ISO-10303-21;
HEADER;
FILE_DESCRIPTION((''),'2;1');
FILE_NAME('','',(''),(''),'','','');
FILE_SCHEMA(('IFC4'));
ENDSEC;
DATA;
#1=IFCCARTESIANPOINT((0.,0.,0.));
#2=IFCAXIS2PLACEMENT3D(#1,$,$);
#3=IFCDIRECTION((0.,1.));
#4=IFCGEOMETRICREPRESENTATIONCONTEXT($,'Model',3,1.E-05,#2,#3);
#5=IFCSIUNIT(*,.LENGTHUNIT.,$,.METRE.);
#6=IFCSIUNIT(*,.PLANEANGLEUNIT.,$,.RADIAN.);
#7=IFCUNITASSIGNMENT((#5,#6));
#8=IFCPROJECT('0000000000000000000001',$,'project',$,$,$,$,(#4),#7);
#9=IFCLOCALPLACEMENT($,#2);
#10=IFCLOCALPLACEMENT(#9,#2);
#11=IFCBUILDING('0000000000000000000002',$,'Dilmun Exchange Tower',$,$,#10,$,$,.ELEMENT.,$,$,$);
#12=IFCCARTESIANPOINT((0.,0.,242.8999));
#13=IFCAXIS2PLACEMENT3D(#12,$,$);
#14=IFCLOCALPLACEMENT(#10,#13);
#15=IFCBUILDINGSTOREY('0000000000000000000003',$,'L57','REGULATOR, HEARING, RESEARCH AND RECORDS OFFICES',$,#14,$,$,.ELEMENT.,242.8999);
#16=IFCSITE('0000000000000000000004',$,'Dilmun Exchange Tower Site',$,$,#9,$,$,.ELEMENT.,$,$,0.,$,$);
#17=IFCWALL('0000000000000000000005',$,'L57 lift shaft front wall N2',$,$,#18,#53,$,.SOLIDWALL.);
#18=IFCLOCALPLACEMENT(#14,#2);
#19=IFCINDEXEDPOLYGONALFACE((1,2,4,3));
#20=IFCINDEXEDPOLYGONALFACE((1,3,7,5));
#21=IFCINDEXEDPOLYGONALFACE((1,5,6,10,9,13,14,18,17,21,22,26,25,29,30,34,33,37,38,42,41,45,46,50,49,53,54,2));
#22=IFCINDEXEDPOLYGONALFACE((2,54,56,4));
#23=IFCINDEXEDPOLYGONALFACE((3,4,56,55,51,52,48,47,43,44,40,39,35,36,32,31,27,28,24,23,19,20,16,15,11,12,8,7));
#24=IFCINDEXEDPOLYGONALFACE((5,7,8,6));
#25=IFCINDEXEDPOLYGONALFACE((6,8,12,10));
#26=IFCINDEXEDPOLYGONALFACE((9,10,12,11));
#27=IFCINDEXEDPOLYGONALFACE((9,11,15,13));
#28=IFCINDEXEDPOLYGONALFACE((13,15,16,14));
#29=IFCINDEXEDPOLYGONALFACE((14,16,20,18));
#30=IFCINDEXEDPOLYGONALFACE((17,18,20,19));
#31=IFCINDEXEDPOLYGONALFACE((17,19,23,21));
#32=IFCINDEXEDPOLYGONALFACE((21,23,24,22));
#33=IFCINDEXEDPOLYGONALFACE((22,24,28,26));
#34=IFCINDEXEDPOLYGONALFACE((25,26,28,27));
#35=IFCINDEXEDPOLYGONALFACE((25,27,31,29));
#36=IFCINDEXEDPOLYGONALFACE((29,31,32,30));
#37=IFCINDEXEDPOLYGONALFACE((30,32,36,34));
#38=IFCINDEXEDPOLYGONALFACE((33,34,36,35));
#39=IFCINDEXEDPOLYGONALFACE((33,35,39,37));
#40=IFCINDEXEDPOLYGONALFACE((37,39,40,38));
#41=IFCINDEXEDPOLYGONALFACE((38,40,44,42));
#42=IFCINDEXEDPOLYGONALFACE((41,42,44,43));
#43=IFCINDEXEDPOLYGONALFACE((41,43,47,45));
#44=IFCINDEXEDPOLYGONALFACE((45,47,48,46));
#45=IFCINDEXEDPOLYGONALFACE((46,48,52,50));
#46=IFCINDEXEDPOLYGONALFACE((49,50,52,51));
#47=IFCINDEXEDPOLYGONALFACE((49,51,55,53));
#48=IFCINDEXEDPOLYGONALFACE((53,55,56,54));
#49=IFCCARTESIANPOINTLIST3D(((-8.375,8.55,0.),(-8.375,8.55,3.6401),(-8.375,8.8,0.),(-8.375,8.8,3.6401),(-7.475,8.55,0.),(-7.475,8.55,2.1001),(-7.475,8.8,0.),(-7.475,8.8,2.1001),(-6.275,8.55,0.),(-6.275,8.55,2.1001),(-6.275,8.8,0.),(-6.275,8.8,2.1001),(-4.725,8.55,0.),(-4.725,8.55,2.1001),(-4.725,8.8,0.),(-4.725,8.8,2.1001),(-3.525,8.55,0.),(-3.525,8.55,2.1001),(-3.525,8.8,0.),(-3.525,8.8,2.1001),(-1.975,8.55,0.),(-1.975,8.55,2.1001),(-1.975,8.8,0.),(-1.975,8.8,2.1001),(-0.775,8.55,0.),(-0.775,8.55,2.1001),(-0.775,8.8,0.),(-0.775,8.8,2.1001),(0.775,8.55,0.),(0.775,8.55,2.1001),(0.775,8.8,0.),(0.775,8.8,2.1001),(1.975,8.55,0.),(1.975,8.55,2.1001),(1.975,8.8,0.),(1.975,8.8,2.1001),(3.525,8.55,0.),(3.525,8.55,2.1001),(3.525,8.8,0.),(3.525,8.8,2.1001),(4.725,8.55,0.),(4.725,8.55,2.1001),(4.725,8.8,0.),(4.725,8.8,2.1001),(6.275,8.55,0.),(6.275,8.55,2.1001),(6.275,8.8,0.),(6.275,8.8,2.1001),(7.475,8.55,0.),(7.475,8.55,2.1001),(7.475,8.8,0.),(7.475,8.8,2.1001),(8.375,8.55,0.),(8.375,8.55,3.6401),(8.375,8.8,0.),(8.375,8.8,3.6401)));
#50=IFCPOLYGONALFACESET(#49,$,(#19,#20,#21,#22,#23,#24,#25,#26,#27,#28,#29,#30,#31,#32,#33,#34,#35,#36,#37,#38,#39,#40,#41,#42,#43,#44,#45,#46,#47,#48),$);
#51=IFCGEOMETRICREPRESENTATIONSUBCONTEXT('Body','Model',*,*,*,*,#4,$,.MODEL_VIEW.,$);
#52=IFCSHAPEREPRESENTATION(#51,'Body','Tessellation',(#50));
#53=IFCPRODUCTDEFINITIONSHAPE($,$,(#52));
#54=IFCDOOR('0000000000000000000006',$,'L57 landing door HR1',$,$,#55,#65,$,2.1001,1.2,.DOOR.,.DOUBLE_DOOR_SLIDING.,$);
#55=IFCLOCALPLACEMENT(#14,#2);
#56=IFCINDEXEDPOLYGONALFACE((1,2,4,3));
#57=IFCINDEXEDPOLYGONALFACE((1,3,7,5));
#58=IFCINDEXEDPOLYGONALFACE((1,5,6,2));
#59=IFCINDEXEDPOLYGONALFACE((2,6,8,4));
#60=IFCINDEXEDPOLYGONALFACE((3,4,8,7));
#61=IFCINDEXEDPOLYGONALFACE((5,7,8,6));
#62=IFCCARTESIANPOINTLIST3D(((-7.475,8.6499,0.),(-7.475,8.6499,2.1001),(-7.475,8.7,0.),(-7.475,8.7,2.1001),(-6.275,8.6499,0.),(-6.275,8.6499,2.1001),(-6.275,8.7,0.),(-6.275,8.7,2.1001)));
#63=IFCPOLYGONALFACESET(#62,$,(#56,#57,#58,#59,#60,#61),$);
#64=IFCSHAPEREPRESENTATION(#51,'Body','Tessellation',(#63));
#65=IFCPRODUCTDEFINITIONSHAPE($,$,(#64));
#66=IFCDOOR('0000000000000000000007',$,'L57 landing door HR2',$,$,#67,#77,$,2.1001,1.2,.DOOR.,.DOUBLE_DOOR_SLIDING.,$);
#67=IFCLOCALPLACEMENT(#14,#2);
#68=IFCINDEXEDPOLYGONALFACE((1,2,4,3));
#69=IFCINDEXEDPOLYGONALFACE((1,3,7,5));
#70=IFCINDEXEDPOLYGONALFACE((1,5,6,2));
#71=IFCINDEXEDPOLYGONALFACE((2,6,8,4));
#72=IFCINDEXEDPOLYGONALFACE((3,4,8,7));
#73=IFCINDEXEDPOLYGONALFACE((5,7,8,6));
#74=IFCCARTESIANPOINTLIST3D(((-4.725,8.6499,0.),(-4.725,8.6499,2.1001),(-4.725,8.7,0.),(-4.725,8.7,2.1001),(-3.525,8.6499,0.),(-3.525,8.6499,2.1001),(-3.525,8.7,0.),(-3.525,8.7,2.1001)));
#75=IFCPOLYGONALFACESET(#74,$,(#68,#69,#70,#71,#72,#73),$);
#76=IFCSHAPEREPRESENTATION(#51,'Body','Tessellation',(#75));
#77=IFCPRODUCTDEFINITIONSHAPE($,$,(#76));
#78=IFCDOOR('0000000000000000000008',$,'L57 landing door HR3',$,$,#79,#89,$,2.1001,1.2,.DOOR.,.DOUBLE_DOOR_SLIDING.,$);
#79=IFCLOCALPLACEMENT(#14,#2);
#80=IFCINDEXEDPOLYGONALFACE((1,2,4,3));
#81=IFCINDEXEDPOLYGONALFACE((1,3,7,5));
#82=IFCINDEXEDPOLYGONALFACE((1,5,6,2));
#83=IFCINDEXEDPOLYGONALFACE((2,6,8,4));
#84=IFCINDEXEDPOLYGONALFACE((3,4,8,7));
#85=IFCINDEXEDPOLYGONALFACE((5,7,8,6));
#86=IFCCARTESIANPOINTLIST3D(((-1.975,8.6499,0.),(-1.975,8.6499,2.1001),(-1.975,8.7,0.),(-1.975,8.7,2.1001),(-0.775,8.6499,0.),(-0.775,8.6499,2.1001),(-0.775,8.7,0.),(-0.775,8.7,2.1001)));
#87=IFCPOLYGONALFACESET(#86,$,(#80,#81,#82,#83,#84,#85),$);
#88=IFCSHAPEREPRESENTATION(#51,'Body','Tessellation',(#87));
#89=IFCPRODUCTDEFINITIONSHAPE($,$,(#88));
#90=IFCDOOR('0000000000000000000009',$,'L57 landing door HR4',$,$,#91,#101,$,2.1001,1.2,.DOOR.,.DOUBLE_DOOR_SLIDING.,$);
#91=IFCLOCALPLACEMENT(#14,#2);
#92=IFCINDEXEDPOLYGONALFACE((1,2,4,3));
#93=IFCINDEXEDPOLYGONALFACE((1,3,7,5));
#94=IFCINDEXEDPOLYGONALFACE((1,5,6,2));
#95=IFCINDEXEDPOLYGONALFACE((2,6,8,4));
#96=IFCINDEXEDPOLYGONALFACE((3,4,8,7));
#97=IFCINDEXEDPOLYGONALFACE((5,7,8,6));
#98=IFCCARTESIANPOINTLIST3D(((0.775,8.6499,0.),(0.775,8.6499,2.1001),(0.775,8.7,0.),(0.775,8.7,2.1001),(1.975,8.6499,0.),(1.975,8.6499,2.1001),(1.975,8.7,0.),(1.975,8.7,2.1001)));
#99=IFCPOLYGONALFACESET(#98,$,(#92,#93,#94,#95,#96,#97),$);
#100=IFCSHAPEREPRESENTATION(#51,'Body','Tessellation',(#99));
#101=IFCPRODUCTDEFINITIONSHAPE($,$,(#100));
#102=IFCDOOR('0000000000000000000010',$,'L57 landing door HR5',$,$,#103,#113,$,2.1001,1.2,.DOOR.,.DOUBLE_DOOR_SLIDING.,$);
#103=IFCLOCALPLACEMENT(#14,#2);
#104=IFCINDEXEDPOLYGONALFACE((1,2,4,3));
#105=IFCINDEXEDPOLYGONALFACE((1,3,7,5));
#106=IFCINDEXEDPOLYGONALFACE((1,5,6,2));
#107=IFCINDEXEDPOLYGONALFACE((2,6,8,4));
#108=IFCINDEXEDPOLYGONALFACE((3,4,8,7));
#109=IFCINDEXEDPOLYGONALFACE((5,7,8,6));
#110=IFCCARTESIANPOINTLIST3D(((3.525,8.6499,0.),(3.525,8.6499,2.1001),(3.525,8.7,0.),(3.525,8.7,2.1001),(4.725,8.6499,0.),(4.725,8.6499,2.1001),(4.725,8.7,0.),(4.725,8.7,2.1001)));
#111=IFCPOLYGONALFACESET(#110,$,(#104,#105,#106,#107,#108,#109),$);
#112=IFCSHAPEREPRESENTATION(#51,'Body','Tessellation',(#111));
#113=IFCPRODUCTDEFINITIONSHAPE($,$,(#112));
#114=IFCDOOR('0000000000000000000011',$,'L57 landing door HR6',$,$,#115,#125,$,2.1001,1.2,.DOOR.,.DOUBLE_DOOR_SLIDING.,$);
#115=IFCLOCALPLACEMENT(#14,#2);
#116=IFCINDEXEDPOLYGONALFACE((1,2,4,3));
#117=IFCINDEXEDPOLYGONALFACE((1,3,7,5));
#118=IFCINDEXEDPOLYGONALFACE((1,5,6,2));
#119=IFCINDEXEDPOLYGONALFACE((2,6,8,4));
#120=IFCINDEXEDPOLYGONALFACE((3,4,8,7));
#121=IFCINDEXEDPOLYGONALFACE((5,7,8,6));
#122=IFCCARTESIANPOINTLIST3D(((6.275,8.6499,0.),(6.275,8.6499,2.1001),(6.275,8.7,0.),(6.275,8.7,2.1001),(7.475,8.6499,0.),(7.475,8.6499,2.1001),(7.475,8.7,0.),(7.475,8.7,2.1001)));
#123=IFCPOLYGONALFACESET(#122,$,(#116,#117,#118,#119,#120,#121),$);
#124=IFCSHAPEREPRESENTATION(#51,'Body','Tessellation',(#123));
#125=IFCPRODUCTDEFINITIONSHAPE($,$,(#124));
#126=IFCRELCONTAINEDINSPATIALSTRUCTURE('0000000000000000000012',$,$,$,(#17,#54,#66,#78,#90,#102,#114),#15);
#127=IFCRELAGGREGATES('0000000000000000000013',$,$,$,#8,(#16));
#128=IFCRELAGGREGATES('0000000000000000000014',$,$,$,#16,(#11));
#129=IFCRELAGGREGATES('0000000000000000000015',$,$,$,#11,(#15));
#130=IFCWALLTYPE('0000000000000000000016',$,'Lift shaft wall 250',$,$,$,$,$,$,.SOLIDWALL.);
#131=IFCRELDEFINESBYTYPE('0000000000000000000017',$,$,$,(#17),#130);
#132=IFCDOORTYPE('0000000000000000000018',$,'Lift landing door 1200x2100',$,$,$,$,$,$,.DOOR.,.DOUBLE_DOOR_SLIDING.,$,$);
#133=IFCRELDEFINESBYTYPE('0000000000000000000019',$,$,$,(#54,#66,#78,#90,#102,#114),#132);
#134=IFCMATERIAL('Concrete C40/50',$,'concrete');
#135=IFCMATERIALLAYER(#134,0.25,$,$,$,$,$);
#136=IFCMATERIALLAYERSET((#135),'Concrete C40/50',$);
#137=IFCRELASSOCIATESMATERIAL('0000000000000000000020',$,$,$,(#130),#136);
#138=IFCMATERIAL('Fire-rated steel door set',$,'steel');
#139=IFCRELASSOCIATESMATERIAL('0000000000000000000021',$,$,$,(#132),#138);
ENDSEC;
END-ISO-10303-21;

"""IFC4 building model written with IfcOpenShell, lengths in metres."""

from ifc_helpers import new_model, si_unit, direction, frame, frame_2d, origin, place, context, subcontext, project, spatial, rectangle, extrude, material, layer, layer_set, type_object, element, fill, save


model = new_model("IFC4")

# Units and contexts
model_context = context("Model", 3, precision=1e-05, world=origin(), true_north=direction((0.0, 1.0)))
body_context = subcontext(model_context, "Body", "Model", "MODEL_VIEW")
ifc_project = project(units=[si_unit("LENGTHUNIT", "METRE"), si_unit("PLANEANGLEUNIT", "RADIAN")], contexts=[model_context])

# Site, building, storey
site_placement = place(None, origin())
site = spatial("IfcSite", under=ifc_project, at=site_placement, Name="Dilmun Exchange Tower Site", CompositionType="ELEMENT", RefElevation=0.0)
building_placement = place(site_placement, origin())
building = spatial("IfcBuilding", under=site, at=building_placement, Name="Dilmun Exchange Tower", CompositionType="ELEMENT")
storey_placement = place(building_placement, frame((0.0, 0.0, 242.8999)))
storey = spatial("IfcBuildingStorey", under=building, at=storey_placement, Name="L57", Description="REGULATOR, HEARING, RESEARCH AND RECORDS OFFICES", CompositionType="ELEMENT", Elevation=242.8999)

# Shared definitions
ifc_material_1 = material(Name="Concrete C40/50", Category="concrete")

# Wall, openings, doors
ifc_material_2 = material(Name="Fire-rated steel door set", Category="steel")
ifc_layer_1 = layer(ifc_material_1, 0.25)
ifc_layer_set_1 = layer_set([ifc_layer_1], Name="Concrete C40/50")
wall_type_1 = type_object("IfcWallType", Name="Lift shaft wall 250", PredefinedType="SOLIDWALL", material=ifc_layer_set_1)
wall_1_placement = place(storey_placement, frame((-8.375, 8.675, 0.0), z_axis=(0.0, 0.0, 1.0), x_axis=(1.0, 0.0, 0.0)))
wall_1 = element("IfcWall", 1, at=wall_1_placement, inside=storey, type_object=wall_type_1, Name="L57 lift shaft front wall N2", PredefinedType="SOLIDWALL", context=body_context, shape_type="SweptSolid", body=[
    extrude(rectangle(XDim=16.75, YDim=0.25, at=frame_2d((8.375, 0.0))), origin(), (0.0, 0.0, 1.0), 3.6401),
])
opening_1_placement = place(wall_1_placement, frame((0.8999, 0.0, 0.0)))
opening_1 = element("IfcOpeningElement", 2, at=opening_1_placement, cuts=wall_1, PredefinedType="OPENING", context=body_context, shape_type="SweptSolid", body=[
    extrude(rectangle(XDim=1.2, YDim=2.1001, at=frame_2d((0.6001, 1.05))), frame((0.0, 0.135, 0.0), z_axis=(0.0, -1.0, 0.0), x_axis=(1.0, 0.0, 0.0)), (0.0, 0.0, 1.0), 0.27),
])
opening_2_placement = place(wall_1_placement, frame((3.6499, 0.0, 0.0)))
opening_2 = element("IfcOpeningElement", 3, at=opening_2_placement, cuts=wall_1, PredefinedType="OPENING", context=body_context, shape_type="SweptSolid", body=[
    extrude(rectangle(XDim=1.2, YDim=2.1001, at=frame_2d((0.6001, 1.05))), frame((0.0, 0.135, 0.0), z_axis=(0.0, -1.0, 0.0), x_axis=(1.0, 0.0, 0.0)), (0.0, 0.0, 1.0), 0.27),
])
opening_3_placement = place(wall_1_placement, frame((6.3999, 0.0, 0.0)))
opening_3 = element("IfcOpeningElement", 4, at=opening_3_placement, cuts=wall_1, PredefinedType="OPENING", context=body_context, shape_type="SweptSolid", body=[
    extrude(rectangle(XDim=1.2, YDim=2.1001, at=frame_2d((0.6001, 1.05))), frame((0.0, 0.135, 0.0), z_axis=(0.0, -1.0, 0.0), x_axis=(1.0, 0.0, 0.0)), (0.0, 0.0, 1.0), 0.27),
])
opening_4_placement = place(wall_1_placement, frame((9.1499, 0.0, 0.0)))
opening_4 = element("IfcOpeningElement", 5, at=opening_4_placement, cuts=wall_1, PredefinedType="OPENING", context=body_context, shape_type="SweptSolid", body=[
    extrude(rectangle(XDim=1.2, YDim=2.1001, at=frame_2d((0.6001, 1.05))), frame((0.0, 0.135, 0.0), z_axis=(0.0, -1.0, 0.0), x_axis=(1.0, 0.0, 0.0)), (0.0, 0.0, 1.0), 0.27),
])
opening_5_placement = place(wall_1_placement, frame((11.8999, 0.0, 0.0)))
opening_5 = element("IfcOpeningElement", 6, at=opening_5_placement, cuts=wall_1, PredefinedType="OPENING", context=body_context, shape_type="SweptSolid", body=[
    extrude(rectangle(XDim=1.2, YDim=2.1001, at=frame_2d((0.6001, 1.05))), frame((0.0, 0.135, 0.0), z_axis=(0.0, -1.0, 0.0), x_axis=(1.0, 0.0, 0.0)), (0.0, 0.0, 1.0), 0.27),
])
opening_6_placement = place(wall_1_placement, frame((14.6499, 0.0, 0.0)))
opening_6 = element("IfcOpeningElement", 7, at=opening_6_placement, cuts=wall_1, PredefinedType="OPENING", context=body_context, shape_type="SweptSolid", body=[
    extrude(rectangle(XDim=1.2, YDim=2.1001, at=frame_2d((0.6001, 1.05))), frame((0.0, 0.135, 0.0), z_axis=(0.0, -1.0, 0.0), x_axis=(1.0, 0.0, 0.0)), (0.0, 0.0, 1.0), 0.27),
])
door_type_1 = type_object("IfcDoorType", Name="Lift landing door 1200x2100", OperationType="DOUBLE_DOOR_SLIDING", PredefinedType="DOOR", material=ifc_material_2)
door_1_placement = place(opening_1_placement, origin())
door_1 = element("IfcDoor", 8, at=door_1_placement, inside=storey, type_object=door_type_1, Name="L57 landing door HR1", OperationType="DOUBLE_DOOR_SLIDING", OverallHeight=2.1001, OverallWidth=1.2, PredefinedType="DOOR", context=body_context, shape_type="SweptSolid", body=[
    extrude(rectangle(XDim=1.2, YDim=2.1001, at=frame_2d((0.6001, 1.05))), frame((0.0, 0.0249, 0.0), z_axis=(0.0, -1.0, 0.0), x_axis=(1.0, 0.0, 0.0)), (0.0, 0.0, 1.0), 0.05),
])
fill(opening_1, door_1)
door_2_placement = place(opening_2_placement, origin())
door_2 = element("IfcDoor", 9, at=door_2_placement, inside=storey, type_object=door_type_1, Name="L57 landing door HR2", OperationType="DOUBLE_DOOR_SLIDING", OverallHeight=2.1001, OverallWidth=1.2, PredefinedType="DOOR", context=body_context, shape_type="SweptSolid", body=[
    extrude(rectangle(XDim=1.2, YDim=2.1001, at=frame_2d((0.6001, 1.05))), frame((0.0, 0.0249, 0.0), z_axis=(0.0, -1.0, 0.0), x_axis=(1.0, 0.0, 0.0)), (0.0, 0.0, 1.0), 0.05),
])
fill(opening_2, door_2)
door_3_placement = place(opening_3_placement, origin())
door_3 = element("IfcDoor", 10, at=door_3_placement, inside=storey, type_object=door_type_1, Name="L57 landing door HR3", OperationType="DOUBLE_DOOR_SLIDING", OverallHeight=2.1001, OverallWidth=1.2, PredefinedType="DOOR", context=body_context, shape_type="SweptSolid", body=[
    extrude(rectangle(XDim=1.2, YDim=2.1001, at=frame_2d((0.6001, 1.05))), frame((0.0, 0.0249, 0.0), z_axis=(0.0, -1.0, 0.0), x_axis=(1.0, 0.0, 0.0)), (0.0, 0.0, 1.0), 0.05),
])
fill(opening_3, door_3)
door_4_placement = place(opening_4_placement, origin())
door_4 = element("IfcDoor", 11, at=door_4_placement, inside=storey, type_object=door_type_1, Name="L57 landing door HR4", OperationType="DOUBLE_DOOR_SLIDING", OverallHeight=2.1001, OverallWidth=1.2, PredefinedType="DOOR", context=body_context, shape_type="SweptSolid", body=[
    extrude(rectangle(XDim=1.2, YDim=2.1001, at=frame_2d((0.6001, 1.05))), frame((0.0, 0.0249, 0.0), z_axis=(0.0, -1.0, 0.0), x_axis=(1.0, 0.0, 0.0)), (0.0, 0.0, 1.0), 0.05),
])
fill(opening_4, door_4)
door_5_placement = place(opening_5_placement, origin())
door_5 = element("IfcDoor", 12, at=door_5_placement, inside=storey, type_object=door_type_1, Name="L57 landing door HR5", OperationType="DOUBLE_DOOR_SLIDING", OverallHeight=2.1001, OverallWidth=1.2, PredefinedType="DOOR", context=body_context, shape_type="SweptSolid", body=[
    extrude(rectangle(XDim=1.2, YDim=2.1001, at=frame_2d((0.6001, 1.05))), frame((0.0, 0.0249, 0.0), z_axis=(0.0, -1.0, 0.0), x_axis=(1.0, 0.0, 0.0)), (0.0, 0.0, 1.0), 0.05),
])
fill(opening_5, door_5)
door_6_placement = place(opening_6_placement, origin())
door_6 = element("IfcDoor", 13, at=door_6_placement, inside=storey, type_object=door_type_1, Name="L57 landing door HR6", OperationType="DOUBLE_DOOR_SLIDING", OverallHeight=2.1001, OverallWidth=1.2, PredefinedType="DOOR", context=body_context, shape_type="SweptSolid", body=[
    extrude(rectangle(XDim=1.2, YDim=2.1001, at=frame_2d((0.6001, 1.05))), frame((0.0, 0.0249, 0.0), z_axis=(0.0, -1.0, 0.0), x_axis=(1.0, 0.0, 0.0)), (0.0, 0.0, 1.0), 0.05),
])
fill(opening_6, door_6)

save(model, "model.ifc")
